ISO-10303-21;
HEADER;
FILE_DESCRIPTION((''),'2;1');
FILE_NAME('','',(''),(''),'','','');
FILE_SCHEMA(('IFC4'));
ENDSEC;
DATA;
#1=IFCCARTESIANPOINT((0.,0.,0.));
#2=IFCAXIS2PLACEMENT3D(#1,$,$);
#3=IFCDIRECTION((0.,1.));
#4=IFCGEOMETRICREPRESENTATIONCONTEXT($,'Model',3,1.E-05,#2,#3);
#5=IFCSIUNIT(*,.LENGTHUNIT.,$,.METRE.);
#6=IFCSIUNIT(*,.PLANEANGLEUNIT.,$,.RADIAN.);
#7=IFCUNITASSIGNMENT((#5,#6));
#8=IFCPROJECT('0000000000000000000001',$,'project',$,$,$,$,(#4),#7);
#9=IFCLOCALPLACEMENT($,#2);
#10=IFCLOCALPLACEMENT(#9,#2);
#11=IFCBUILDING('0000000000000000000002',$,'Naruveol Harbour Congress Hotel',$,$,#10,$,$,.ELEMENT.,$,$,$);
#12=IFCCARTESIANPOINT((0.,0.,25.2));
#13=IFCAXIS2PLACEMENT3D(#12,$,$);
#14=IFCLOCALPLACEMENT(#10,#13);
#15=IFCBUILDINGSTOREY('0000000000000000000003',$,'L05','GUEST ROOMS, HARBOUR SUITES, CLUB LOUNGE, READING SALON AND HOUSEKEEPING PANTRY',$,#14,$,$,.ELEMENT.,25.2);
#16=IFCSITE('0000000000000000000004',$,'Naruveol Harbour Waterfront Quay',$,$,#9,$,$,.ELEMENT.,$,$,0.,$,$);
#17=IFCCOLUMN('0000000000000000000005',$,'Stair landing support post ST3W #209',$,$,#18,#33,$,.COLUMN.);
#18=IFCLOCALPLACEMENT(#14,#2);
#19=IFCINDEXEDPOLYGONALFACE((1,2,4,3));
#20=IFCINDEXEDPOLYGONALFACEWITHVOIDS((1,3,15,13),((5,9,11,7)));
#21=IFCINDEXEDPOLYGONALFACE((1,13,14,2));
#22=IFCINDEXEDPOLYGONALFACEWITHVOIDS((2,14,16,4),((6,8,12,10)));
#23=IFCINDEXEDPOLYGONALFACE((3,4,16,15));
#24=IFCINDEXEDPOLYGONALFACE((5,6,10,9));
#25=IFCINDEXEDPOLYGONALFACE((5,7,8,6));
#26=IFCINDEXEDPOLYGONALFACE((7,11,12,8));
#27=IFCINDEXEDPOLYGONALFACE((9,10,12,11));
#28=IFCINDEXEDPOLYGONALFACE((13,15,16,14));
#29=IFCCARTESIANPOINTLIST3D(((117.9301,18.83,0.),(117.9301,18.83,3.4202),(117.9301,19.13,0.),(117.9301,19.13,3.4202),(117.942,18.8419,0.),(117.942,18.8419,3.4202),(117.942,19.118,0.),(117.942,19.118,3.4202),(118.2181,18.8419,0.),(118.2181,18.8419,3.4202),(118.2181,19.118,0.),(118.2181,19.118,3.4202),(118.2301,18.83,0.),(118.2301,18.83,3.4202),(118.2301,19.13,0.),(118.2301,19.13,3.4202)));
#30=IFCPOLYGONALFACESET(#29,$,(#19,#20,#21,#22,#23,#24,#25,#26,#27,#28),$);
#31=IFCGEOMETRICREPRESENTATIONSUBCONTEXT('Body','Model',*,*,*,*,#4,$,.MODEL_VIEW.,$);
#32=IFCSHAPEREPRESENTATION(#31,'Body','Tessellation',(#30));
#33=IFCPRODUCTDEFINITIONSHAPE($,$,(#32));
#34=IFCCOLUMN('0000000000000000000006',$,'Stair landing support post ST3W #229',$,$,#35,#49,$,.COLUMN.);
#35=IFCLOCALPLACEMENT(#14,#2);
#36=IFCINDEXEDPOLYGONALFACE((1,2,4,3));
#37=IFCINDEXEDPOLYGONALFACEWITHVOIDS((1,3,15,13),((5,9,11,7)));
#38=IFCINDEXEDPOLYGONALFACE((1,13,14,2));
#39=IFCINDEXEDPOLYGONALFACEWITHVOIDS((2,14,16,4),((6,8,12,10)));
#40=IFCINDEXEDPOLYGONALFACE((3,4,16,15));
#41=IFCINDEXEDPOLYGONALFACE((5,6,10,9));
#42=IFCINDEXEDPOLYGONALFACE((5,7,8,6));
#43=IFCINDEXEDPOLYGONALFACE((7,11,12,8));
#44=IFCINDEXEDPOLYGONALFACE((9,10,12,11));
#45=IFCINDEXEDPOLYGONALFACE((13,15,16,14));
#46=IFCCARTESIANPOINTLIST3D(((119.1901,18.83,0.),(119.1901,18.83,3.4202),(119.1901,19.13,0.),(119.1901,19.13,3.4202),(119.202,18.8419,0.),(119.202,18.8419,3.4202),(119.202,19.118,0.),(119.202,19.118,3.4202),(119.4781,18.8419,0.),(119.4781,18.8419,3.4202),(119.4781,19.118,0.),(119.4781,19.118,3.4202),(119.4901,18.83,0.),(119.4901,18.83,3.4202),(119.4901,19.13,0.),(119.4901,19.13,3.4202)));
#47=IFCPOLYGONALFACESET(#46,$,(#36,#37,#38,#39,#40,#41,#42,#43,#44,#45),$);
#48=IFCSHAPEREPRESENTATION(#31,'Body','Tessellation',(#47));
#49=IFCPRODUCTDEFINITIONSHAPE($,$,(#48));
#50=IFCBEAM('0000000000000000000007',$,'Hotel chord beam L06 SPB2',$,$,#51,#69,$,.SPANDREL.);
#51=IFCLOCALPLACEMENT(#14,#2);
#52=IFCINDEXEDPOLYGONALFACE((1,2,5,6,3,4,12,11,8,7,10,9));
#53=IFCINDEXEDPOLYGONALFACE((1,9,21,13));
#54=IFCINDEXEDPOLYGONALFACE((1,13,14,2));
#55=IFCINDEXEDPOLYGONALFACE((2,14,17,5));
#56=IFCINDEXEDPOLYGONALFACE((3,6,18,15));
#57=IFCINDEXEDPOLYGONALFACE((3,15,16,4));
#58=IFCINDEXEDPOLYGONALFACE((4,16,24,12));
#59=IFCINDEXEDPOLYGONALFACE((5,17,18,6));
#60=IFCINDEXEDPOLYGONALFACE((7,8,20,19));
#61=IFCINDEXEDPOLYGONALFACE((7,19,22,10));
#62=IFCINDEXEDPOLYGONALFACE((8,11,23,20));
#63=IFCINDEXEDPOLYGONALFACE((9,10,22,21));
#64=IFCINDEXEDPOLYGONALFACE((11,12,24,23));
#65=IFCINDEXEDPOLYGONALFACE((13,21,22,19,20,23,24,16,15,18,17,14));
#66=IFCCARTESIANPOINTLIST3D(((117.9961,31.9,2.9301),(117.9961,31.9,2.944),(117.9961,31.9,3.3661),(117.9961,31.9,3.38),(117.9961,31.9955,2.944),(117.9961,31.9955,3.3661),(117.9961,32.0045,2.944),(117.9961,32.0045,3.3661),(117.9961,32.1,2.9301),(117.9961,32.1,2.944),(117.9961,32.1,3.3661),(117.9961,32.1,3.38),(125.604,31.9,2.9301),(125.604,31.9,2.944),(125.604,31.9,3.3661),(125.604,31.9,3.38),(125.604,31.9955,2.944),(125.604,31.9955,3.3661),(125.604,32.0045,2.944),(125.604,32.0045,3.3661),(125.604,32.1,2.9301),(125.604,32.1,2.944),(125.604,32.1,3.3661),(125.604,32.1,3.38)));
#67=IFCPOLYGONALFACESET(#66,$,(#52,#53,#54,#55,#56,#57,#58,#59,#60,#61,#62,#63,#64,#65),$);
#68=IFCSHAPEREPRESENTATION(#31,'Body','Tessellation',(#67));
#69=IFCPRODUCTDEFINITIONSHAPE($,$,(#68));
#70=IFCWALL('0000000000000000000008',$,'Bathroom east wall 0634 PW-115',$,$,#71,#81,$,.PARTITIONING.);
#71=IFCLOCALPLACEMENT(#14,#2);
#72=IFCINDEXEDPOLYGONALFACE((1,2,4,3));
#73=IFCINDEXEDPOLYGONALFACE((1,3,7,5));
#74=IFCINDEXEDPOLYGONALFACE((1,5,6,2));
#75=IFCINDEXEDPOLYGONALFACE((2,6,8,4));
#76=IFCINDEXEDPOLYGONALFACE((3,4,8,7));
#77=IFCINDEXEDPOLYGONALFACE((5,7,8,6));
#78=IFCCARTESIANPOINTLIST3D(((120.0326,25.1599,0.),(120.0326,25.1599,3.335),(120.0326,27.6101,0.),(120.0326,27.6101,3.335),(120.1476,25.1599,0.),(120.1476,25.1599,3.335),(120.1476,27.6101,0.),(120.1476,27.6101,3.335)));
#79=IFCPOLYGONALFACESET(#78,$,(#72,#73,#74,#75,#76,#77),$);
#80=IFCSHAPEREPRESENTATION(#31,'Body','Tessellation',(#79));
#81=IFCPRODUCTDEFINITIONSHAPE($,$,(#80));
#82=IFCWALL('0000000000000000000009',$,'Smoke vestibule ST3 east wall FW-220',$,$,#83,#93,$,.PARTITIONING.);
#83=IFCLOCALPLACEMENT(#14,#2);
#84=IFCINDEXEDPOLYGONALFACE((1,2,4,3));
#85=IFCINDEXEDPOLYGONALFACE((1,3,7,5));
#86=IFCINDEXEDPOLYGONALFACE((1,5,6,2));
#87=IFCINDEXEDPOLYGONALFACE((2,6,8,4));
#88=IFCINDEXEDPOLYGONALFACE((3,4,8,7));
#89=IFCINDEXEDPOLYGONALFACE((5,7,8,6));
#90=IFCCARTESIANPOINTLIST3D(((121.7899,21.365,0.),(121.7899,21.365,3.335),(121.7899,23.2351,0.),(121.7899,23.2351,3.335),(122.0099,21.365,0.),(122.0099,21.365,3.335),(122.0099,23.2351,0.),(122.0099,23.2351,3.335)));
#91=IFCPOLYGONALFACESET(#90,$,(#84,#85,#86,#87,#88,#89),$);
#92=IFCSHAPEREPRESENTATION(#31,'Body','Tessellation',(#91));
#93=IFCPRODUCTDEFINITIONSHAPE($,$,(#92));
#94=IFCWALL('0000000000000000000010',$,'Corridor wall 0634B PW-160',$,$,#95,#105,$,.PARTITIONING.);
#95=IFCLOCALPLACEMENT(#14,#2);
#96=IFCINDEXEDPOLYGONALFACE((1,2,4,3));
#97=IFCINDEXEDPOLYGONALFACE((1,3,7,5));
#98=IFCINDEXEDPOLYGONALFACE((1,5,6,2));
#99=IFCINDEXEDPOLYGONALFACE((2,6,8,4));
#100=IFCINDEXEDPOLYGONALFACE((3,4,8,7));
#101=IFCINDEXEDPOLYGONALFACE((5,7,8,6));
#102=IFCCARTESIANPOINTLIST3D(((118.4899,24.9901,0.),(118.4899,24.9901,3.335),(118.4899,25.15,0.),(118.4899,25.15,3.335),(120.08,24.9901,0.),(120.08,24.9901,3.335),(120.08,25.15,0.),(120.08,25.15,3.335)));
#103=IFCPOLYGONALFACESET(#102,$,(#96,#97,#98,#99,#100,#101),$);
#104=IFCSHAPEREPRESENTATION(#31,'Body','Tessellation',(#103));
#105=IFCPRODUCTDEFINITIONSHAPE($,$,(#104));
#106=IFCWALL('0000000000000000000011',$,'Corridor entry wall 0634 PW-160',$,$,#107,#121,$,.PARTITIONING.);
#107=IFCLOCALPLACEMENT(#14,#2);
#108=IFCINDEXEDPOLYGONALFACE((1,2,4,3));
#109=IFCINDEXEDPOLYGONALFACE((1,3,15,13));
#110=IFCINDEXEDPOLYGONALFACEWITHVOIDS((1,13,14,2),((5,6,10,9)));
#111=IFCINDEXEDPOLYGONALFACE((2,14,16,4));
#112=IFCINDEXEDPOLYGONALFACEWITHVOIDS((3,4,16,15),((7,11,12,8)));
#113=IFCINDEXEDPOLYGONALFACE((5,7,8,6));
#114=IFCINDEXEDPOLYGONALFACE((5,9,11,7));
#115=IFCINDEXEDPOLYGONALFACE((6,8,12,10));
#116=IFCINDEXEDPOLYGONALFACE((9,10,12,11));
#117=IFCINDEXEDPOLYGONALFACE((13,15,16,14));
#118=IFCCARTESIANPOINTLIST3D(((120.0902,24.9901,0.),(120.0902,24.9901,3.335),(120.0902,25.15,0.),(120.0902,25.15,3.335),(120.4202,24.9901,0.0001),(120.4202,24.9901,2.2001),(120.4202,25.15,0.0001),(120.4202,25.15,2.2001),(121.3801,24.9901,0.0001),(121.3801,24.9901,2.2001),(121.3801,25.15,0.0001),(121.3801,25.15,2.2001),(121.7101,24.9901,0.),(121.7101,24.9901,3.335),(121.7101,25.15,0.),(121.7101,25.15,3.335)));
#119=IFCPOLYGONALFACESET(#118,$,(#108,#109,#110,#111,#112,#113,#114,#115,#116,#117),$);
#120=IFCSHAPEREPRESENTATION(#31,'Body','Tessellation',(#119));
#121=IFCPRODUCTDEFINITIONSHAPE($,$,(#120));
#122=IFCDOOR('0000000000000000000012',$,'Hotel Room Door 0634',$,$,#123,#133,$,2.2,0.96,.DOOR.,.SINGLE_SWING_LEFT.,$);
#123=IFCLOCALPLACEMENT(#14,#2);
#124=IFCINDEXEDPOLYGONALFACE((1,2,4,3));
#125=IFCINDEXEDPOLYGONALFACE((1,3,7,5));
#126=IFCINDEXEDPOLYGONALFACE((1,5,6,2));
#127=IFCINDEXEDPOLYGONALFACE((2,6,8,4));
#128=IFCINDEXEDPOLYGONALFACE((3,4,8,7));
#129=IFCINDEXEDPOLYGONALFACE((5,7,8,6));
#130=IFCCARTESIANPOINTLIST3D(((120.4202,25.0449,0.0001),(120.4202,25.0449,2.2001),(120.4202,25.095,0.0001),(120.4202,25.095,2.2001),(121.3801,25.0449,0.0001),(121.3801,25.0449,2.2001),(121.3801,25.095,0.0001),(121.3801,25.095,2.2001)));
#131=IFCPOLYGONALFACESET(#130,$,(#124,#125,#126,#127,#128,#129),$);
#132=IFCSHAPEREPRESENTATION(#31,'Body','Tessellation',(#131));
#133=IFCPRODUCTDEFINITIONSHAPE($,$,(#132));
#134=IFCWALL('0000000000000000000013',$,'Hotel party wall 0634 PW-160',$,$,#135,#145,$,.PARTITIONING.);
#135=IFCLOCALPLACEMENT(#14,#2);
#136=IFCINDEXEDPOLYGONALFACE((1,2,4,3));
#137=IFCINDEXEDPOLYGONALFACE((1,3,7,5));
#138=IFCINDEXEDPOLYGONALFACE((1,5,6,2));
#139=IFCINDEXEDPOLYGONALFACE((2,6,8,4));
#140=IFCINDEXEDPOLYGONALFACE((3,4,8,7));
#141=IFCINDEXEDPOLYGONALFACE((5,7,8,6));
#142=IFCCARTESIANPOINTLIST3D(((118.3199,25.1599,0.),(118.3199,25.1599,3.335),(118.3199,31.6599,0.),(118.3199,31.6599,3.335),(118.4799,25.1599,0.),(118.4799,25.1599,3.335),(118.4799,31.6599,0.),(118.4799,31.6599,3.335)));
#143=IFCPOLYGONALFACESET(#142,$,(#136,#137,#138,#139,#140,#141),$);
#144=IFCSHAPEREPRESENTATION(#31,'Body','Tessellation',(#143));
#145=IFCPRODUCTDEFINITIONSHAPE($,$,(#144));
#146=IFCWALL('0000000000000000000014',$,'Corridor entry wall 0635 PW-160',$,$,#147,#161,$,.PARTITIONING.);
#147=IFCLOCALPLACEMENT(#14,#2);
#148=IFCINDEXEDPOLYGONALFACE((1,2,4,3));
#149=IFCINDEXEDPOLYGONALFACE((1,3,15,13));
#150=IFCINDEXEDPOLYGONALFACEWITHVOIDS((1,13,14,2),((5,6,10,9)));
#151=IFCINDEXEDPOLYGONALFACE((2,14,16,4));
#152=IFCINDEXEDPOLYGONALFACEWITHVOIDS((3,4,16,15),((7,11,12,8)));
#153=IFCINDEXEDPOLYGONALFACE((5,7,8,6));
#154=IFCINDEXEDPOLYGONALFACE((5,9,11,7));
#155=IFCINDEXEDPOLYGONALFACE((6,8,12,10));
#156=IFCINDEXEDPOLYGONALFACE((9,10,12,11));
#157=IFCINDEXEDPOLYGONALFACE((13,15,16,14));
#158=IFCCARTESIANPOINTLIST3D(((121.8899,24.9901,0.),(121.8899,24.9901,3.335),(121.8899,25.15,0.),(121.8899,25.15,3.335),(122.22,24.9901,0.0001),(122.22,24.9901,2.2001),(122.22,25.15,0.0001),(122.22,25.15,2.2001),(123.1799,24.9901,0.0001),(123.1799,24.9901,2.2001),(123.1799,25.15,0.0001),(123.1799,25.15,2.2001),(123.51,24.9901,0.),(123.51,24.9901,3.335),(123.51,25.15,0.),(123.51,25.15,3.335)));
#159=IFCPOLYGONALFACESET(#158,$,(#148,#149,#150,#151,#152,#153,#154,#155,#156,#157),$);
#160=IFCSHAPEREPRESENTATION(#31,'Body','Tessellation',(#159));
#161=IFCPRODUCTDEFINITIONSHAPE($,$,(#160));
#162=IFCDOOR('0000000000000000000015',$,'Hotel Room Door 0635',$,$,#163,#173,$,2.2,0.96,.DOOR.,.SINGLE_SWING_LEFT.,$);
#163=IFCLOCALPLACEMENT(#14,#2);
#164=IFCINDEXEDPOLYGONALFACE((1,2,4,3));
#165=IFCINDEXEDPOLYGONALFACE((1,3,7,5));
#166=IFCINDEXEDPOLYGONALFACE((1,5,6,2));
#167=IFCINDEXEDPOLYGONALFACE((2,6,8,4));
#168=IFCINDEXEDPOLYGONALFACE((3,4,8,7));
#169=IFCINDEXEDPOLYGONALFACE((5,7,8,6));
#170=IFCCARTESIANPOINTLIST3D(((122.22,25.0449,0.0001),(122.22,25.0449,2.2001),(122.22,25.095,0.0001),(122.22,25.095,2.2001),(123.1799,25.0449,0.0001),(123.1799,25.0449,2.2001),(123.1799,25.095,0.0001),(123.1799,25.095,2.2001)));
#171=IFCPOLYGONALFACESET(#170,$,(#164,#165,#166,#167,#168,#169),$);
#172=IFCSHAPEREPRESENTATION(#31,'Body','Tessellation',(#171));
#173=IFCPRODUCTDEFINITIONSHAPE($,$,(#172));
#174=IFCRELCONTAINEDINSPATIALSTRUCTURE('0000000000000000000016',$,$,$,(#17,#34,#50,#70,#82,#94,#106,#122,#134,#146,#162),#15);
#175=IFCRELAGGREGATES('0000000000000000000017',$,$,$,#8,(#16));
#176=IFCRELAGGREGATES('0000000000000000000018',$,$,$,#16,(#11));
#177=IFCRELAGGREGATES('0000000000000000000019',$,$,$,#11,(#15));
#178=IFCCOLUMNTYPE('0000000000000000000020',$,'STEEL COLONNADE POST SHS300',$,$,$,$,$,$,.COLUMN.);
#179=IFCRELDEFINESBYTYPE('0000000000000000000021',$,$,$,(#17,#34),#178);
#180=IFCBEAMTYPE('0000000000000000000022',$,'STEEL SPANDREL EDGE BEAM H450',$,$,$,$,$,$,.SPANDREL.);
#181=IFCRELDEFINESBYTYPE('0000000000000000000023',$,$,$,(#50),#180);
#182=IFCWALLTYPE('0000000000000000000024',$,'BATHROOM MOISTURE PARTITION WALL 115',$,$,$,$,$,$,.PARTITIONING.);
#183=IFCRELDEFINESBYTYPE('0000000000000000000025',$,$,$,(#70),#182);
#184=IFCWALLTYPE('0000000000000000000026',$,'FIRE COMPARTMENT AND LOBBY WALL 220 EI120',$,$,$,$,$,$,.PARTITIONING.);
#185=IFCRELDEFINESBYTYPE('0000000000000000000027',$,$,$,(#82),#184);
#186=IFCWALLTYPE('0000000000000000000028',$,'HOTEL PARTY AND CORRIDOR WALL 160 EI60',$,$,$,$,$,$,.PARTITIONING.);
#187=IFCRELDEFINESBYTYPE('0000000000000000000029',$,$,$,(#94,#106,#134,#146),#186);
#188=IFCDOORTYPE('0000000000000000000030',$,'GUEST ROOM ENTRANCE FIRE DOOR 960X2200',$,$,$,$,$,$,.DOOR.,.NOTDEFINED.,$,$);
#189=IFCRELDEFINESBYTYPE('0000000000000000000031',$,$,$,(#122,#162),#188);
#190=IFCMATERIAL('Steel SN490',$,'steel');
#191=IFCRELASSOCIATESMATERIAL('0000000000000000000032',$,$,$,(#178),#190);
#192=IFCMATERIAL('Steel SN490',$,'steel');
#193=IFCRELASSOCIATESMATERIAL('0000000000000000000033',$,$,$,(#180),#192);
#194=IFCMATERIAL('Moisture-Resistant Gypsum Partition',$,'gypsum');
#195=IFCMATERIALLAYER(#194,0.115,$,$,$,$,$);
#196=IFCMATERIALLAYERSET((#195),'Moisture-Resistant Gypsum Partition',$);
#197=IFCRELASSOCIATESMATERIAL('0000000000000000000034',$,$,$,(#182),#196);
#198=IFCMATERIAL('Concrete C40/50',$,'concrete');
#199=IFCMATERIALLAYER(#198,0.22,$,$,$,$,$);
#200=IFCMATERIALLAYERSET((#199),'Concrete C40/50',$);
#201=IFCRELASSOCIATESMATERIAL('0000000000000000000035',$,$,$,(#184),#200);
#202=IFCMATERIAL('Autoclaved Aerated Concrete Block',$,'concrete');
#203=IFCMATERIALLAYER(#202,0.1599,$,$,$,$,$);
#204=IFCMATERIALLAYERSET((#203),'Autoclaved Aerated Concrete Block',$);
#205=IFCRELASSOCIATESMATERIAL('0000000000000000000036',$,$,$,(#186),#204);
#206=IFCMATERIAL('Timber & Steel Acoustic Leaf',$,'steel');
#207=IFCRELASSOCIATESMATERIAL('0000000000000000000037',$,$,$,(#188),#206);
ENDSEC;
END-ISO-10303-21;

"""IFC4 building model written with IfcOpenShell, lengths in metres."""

from ifc_helpers import new_model, si_unit, direction, frame, frame_2d, origin, origin_2d, place, context, subcontext, project, spatial, rectangle, hollow_rectangle, i_section, extrude, material, layer, layer_set, material_profile, profile_set, type_object, element, fill, save


model = new_model("IFC4")

# Units and contexts
model_context = context("Model", 3, precision=1e-05, world=origin(), true_north=direction((0.0, 1.0)))
body_context = subcontext(model_context, "Body", "Model", "MODEL_VIEW")
ifc_project = project(units=[si_unit("LENGTHUNIT", "METRE"), si_unit("PLANEANGLEUNIT", "RADIAN")], contexts=[model_context])

# Site, building, storey
site_placement = place(None, origin())
site = spatial("IfcSite", under=ifc_project, at=site_placement, Name="Naruveol Harbour Waterfront Quay", CompositionType="ELEMENT", RefElevation=0.0)
building_placement = place(site_placement, origin())
building = spatial("IfcBuilding", under=site, at=building_placement, Name="Naruveol Harbour Congress Hotel", CompositionType="ELEMENT")
storey_placement = place(building_placement, frame((0.0, 0.0, 25.2)))
storey = spatial("IfcBuildingStorey", under=building, at=storey_placement, Name="L05", Description="GUEST ROOMS, HARBOUR SUITES, CLUB LOUNGE, READING SALON AND HOUSEKEEPING PANTRY", CompositionType="ELEMENT", Elevation=25.2)

# Columns
ifc_material_1 = material(Name="Steel SN490", Category="steel")
ifc_material_profile_1 = material_profile(ifc_material_1, hollow_rectangle(XDim=0.3, YDim=0.3, WallThickness=0.012, at=origin_2d()), Name="SHS-300x300x12")
ifc_profile_set_1 = profile_set([ifc_material_profile_1], Name="Steel SN490")
column_type = type_object("IfcColumnType", Name="STEEL COLONNADE POST SHS300", PredefinedType="COLUMN", material=ifc_profile_set_1)
for number, where, z_axis, x_axis, name in (
    (1, (118.0801, 18.98, 0.0), (0.0, 0.0, 1.0), (1.0, 0.0, 0.0), "Stair landing support post ST3W #209"),
    (2, (119.3401, 18.98, 0.0), (0.0, 0.0, 1.0), (1.0, 0.0, 0.0), "Stair landing support post ST3W #229"),
):
    element("IfcColumn", number, at=place(storey_placement, frame(where, z_axis=z_axis, x_axis=x_axis)), inside=storey, type_object=column_type, Name=name, PredefinedType="COLUMN", context=body_context, shape_type="SweptSolid", body=[
        extrude(hollow_rectangle(XDim=0.3, YDim=0.3, WallThickness=0.012, at=origin_2d()), origin(), (0.0, 0.0, 1.0), 3.4202),
    ])

# Beam
ifc_material_2 = material(Name="Steel SN490", Category="steel")
ifc_material_profile_2 = material_profile(ifc_material_2, i_section(OverallWidth=0.2, OverallDepth=0.45, WebThickness=0.009, FlangeThickness=0.0139, at=origin_2d()), Name="H-450x200x9x14")
ifc_profile_set_2 = profile_set([ifc_material_profile_2], Name="Steel SN490")
beam_type = type_object("IfcBeamType", Name="STEEL SPANDREL EDGE BEAM H450", PredefinedType="SPANDREL", material=ifc_profile_set_2)
beam_placement = place(storey_placement, frame((117.9961, 32.0, 3.155), z_axis=(1.0, 0.0, 0.0), x_axis=(0.0, 1.0, 0.0)))
element("IfcBeam", 3, at=beam_placement, inside=storey, type_object=beam_type, Name="Hotel chord beam L06 SPB2", PredefinedType="SPANDREL", context=body_context, shape_type="SweptSolid", body=[
    extrude(i_section(OverallWidth=0.2, OverallDepth=0.45, WebThickness=0.009, FlangeThickness=0.0139, at=origin_2d()), origin(), (0.0, 0.0, 1.0), 7.6079),
])

# Wall
ifc_material_3 = material(Name="Moisture-Resistant Gypsum Partition", Category="gypsum")
ifc_layer_1 = layer(ifc_material_3, 0.115)
ifc_layer_set_1 = layer_set([ifc_layer_1], Name="Moisture-Resistant Gypsum Partition")
wall_type_1 = type_object("IfcWallType", Name="BATHROOM MOISTURE PARTITION WALL 115", PredefinedType="PARTITIONING", material=ifc_layer_set_1)
wall_1_placement = place(storey_placement, frame((120.0901, 25.1599, 0.0), z_axis=(0.0, 0.0, 1.0), x_axis=(0.0, 1.0, 0.0)))
element("IfcWall", 4, at=wall_1_placement, inside=storey, type_object=wall_type_1, Name="Bathroom east wall 0634 PW-115", PredefinedType="PARTITIONING", context=body_context, shape_type="SweptSolid", body=[
    extrude(rectangle(XDim=2.4502, YDim=0.115, at=frame_2d((1.2251, 0.0))), origin(), (0.0, 0.0, 1.0), 3.335),
])

# Walls
ifc_material_4 = material(Name="Concrete C40/50", Category="concrete")
ifc_layer_2 = layer(ifc_material_4, 0.22)
ifc_layer_set_2 = layer_set([ifc_layer_2], Name="Concrete C40/50")
wall_type_2 = type_object("IfcWallType", Name="FIRE COMPARTMENT AND LOBBY WALL 220 EI120", PredefinedType="PARTITIONING", material=ifc_layer_set_2)
wall_2_placement = place(storey_placement, frame((121.8999, 21.365, 0.0), z_axis=(0.0, 0.0, 1.0), x_axis=(0.0, 1.0, 0.0)))
element("IfcWall", 5, at=wall_2_placement, inside=storey, type_object=wall_type_2, Name="Smoke vestibule ST3 east wall FW-220", PredefinedType="PARTITIONING", context=body_context, shape_type="SweptSolid", body=[
    extrude(rectangle(XDim=1.8701, YDim=0.22, at=frame_2d((0.9351, 0.0))), origin(), (0.0, 0.0, 1.0), 3.335),
])
ifc_material_5 = material(Name="Autoclaved Aerated Concrete Block", Category="concrete")
ifc_layer_3 = layer(ifc_material_5, 0.1599)
ifc_layer_set_3 = layer_set([ifc_layer_3], Name="Autoclaved Aerated Concrete Block")
wall_type_3 = type_object("IfcWallType", Name="HOTEL PARTY AND CORRIDOR WALL 160 EI60", PredefinedType="PARTITIONING", material=ifc_layer_set_3)
wall_3_placement = place(storey_placement, frame((118.49, 25.0701, 0.0), z_axis=(0.0, 0.0, 1.0), x_axis=(1.0, 0.0, 0.0)))
element("IfcWall", 6, at=wall_3_placement, inside=storey, type_object=wall_type_3, Name="Corridor wall 0634B PW-160", PredefinedType="PARTITIONING", context=body_context, shape_type="SweptSolid", body=[
    extrude(rectangle(XDim=1.5901, YDim=0.1599, at=frame_2d((0.7949, 0.0))), origin(), (0.0, 0.0, 1.0), 3.335),
])

# Wall, opening, door
wall_4_placement = place(storey_placement, frame((120.0901, 25.0701, 0.0), z_axis=(0.0, 0.0, 1.0), x_axis=(1.0, 0.0, 0.0)))
wall_4 = element("IfcWall", 7, at=wall_4_placement, inside=storey, type_object=wall_type_3, Name="Corridor entry wall 0634 PW-160", PredefinedType="PARTITIONING", context=body_context, shape_type="SweptSolid", body=[
    extrude(rectangle(XDim=1.6199, YDim=0.1599, at=frame_2d((0.8101, 0.0))), origin(), (0.0, 0.0, 1.0), 3.335),
])
opening_1_placement = place(wall_4_placement, frame((0.3301, 0.0, 0.0)))
opening_1 = element("IfcOpeningElement", 8, at=opening_1_placement, cuts=wall_4, PredefinedType="OPENING", context=body_context, shape_type="SweptSolid", body=[
    extrude(rectangle(XDim=0.96, YDim=2.2, at=frame_2d((0.48, 1.1001))), frame((0.0, 0.0898, 0.0), z_axis=(0.0, -1.0, 0.0), x_axis=(1.0, 0.0, 0.0)), (0.0, 0.0, 1.0), 0.1799),
])
ifc_material_6 = material(Name="Timber & Steel Acoustic Leaf", Category="steel")
door_type_1 = type_object("IfcDoorType", Name="GUEST ROOM ENTRANCE FIRE DOOR 960X2200", OperationType="NOTDEFINED", PredefinedType="DOOR", material=ifc_material_6)
door_1_placement = place(opening_1_placement, origin())
door_1 = element("IfcDoor", 9, at=door_1_placement, inside=storey, type_object=door_type_1, Name="Hotel Room Door 0634", OperationType="SINGLE_SWING_LEFT", OverallHeight=2.2, OverallWidth=0.96, PredefinedType="DOOR", context=body_context, shape_type="SweptSolid", body=[
    extrude(rectangle(XDim=0.96, YDim=2.2, at=frame_2d((0.48, 1.1001))), frame((0.0, 0.0249, 0.0), z_axis=(0.0, -1.0, 0.0), x_axis=(1.0, 0.0, 0.0)), (0.0, 0.0, 1.0), 0.05),
])
fill(opening_1, door_1)

# Wall
wall_5_placement = place(storey_placement, frame((118.3999, 25.1599, 0.0), z_axis=(0.0, 0.0, 1.0), x_axis=(0.0, 1.0, 0.0)))
element("IfcWall", 10, at=wall_5_placement, inside=storey, type_object=wall_type_3, Name="Hotel party wall 0634 PW-160", PredefinedType="PARTITIONING", context=body_context, shape_type="SweptSolid", body=[
    extrude(rectangle(XDim=6.5, YDim=0.1599, at=frame_2d((3.25, 0.0))), origin(), (0.0, 0.0, 1.0), 3.335),
])

# Wall, opening, door
wall_6_placement = place(storey_placement, frame((121.8899, 25.0701, 0.0), z_axis=(0.0, 0.0, 1.0), x_axis=(1.0, 0.0, 0.0)))
wall_6 = element("IfcWall", 11, at=wall_6_placement, inside=storey, type_object=wall_type_3, Name="Corridor entry wall 0635 PW-160", PredefinedType="PARTITIONING", context=body_context, shape_type="SweptSolid", body=[
    extrude(rectangle(XDim=1.6201, YDim=0.1599, at=frame_2d((0.8101, 0.0))), origin(), (0.0, 0.0, 1.0), 3.335),
])
opening_2_placement = place(wall_6_placement, frame((0.3301, 0.0, 0.0)))
opening_2 = element("IfcOpeningElement", 12, at=opening_2_placement, cuts=wall_6, PredefinedType="OPENING", context=body_context, shape_type="SweptSolid", body=[
    extrude(rectangle(XDim=0.96, YDim=2.2, at=frame_2d((0.48, 1.1001))), frame((0.0, 0.0898, 0.0), z_axis=(0.0, -1.0, 0.0), x_axis=(1.0, 0.0, 0.0)), (0.0, 0.0, 1.0), 0.1799),
])
door_2_placement = place(opening_2_placement, origin())
door_2 = element("IfcDoor", 13, at=door_2_placement, inside=storey, type_object=door_type_1, Name="Hotel Room Door 0635", OperationType="SINGLE_SWING_LEFT", OverallHeight=2.2, OverallWidth=0.96, PredefinedType="DOOR", context=body_context, shape_type="SweptSolid", body=[
    extrude(rectangle(XDim=0.96, YDim=2.2, at=frame_2d((0.48, 1.1001))), frame((0.0, 0.0249, 0.0), z_axis=(0.0, -1.0, 0.0), x_axis=(1.0, 0.0, 0.0)), (0.0, 0.0, 1.0), 0.05),
])
fill(opening_2, door_2)

save(model, "model.ifc")
